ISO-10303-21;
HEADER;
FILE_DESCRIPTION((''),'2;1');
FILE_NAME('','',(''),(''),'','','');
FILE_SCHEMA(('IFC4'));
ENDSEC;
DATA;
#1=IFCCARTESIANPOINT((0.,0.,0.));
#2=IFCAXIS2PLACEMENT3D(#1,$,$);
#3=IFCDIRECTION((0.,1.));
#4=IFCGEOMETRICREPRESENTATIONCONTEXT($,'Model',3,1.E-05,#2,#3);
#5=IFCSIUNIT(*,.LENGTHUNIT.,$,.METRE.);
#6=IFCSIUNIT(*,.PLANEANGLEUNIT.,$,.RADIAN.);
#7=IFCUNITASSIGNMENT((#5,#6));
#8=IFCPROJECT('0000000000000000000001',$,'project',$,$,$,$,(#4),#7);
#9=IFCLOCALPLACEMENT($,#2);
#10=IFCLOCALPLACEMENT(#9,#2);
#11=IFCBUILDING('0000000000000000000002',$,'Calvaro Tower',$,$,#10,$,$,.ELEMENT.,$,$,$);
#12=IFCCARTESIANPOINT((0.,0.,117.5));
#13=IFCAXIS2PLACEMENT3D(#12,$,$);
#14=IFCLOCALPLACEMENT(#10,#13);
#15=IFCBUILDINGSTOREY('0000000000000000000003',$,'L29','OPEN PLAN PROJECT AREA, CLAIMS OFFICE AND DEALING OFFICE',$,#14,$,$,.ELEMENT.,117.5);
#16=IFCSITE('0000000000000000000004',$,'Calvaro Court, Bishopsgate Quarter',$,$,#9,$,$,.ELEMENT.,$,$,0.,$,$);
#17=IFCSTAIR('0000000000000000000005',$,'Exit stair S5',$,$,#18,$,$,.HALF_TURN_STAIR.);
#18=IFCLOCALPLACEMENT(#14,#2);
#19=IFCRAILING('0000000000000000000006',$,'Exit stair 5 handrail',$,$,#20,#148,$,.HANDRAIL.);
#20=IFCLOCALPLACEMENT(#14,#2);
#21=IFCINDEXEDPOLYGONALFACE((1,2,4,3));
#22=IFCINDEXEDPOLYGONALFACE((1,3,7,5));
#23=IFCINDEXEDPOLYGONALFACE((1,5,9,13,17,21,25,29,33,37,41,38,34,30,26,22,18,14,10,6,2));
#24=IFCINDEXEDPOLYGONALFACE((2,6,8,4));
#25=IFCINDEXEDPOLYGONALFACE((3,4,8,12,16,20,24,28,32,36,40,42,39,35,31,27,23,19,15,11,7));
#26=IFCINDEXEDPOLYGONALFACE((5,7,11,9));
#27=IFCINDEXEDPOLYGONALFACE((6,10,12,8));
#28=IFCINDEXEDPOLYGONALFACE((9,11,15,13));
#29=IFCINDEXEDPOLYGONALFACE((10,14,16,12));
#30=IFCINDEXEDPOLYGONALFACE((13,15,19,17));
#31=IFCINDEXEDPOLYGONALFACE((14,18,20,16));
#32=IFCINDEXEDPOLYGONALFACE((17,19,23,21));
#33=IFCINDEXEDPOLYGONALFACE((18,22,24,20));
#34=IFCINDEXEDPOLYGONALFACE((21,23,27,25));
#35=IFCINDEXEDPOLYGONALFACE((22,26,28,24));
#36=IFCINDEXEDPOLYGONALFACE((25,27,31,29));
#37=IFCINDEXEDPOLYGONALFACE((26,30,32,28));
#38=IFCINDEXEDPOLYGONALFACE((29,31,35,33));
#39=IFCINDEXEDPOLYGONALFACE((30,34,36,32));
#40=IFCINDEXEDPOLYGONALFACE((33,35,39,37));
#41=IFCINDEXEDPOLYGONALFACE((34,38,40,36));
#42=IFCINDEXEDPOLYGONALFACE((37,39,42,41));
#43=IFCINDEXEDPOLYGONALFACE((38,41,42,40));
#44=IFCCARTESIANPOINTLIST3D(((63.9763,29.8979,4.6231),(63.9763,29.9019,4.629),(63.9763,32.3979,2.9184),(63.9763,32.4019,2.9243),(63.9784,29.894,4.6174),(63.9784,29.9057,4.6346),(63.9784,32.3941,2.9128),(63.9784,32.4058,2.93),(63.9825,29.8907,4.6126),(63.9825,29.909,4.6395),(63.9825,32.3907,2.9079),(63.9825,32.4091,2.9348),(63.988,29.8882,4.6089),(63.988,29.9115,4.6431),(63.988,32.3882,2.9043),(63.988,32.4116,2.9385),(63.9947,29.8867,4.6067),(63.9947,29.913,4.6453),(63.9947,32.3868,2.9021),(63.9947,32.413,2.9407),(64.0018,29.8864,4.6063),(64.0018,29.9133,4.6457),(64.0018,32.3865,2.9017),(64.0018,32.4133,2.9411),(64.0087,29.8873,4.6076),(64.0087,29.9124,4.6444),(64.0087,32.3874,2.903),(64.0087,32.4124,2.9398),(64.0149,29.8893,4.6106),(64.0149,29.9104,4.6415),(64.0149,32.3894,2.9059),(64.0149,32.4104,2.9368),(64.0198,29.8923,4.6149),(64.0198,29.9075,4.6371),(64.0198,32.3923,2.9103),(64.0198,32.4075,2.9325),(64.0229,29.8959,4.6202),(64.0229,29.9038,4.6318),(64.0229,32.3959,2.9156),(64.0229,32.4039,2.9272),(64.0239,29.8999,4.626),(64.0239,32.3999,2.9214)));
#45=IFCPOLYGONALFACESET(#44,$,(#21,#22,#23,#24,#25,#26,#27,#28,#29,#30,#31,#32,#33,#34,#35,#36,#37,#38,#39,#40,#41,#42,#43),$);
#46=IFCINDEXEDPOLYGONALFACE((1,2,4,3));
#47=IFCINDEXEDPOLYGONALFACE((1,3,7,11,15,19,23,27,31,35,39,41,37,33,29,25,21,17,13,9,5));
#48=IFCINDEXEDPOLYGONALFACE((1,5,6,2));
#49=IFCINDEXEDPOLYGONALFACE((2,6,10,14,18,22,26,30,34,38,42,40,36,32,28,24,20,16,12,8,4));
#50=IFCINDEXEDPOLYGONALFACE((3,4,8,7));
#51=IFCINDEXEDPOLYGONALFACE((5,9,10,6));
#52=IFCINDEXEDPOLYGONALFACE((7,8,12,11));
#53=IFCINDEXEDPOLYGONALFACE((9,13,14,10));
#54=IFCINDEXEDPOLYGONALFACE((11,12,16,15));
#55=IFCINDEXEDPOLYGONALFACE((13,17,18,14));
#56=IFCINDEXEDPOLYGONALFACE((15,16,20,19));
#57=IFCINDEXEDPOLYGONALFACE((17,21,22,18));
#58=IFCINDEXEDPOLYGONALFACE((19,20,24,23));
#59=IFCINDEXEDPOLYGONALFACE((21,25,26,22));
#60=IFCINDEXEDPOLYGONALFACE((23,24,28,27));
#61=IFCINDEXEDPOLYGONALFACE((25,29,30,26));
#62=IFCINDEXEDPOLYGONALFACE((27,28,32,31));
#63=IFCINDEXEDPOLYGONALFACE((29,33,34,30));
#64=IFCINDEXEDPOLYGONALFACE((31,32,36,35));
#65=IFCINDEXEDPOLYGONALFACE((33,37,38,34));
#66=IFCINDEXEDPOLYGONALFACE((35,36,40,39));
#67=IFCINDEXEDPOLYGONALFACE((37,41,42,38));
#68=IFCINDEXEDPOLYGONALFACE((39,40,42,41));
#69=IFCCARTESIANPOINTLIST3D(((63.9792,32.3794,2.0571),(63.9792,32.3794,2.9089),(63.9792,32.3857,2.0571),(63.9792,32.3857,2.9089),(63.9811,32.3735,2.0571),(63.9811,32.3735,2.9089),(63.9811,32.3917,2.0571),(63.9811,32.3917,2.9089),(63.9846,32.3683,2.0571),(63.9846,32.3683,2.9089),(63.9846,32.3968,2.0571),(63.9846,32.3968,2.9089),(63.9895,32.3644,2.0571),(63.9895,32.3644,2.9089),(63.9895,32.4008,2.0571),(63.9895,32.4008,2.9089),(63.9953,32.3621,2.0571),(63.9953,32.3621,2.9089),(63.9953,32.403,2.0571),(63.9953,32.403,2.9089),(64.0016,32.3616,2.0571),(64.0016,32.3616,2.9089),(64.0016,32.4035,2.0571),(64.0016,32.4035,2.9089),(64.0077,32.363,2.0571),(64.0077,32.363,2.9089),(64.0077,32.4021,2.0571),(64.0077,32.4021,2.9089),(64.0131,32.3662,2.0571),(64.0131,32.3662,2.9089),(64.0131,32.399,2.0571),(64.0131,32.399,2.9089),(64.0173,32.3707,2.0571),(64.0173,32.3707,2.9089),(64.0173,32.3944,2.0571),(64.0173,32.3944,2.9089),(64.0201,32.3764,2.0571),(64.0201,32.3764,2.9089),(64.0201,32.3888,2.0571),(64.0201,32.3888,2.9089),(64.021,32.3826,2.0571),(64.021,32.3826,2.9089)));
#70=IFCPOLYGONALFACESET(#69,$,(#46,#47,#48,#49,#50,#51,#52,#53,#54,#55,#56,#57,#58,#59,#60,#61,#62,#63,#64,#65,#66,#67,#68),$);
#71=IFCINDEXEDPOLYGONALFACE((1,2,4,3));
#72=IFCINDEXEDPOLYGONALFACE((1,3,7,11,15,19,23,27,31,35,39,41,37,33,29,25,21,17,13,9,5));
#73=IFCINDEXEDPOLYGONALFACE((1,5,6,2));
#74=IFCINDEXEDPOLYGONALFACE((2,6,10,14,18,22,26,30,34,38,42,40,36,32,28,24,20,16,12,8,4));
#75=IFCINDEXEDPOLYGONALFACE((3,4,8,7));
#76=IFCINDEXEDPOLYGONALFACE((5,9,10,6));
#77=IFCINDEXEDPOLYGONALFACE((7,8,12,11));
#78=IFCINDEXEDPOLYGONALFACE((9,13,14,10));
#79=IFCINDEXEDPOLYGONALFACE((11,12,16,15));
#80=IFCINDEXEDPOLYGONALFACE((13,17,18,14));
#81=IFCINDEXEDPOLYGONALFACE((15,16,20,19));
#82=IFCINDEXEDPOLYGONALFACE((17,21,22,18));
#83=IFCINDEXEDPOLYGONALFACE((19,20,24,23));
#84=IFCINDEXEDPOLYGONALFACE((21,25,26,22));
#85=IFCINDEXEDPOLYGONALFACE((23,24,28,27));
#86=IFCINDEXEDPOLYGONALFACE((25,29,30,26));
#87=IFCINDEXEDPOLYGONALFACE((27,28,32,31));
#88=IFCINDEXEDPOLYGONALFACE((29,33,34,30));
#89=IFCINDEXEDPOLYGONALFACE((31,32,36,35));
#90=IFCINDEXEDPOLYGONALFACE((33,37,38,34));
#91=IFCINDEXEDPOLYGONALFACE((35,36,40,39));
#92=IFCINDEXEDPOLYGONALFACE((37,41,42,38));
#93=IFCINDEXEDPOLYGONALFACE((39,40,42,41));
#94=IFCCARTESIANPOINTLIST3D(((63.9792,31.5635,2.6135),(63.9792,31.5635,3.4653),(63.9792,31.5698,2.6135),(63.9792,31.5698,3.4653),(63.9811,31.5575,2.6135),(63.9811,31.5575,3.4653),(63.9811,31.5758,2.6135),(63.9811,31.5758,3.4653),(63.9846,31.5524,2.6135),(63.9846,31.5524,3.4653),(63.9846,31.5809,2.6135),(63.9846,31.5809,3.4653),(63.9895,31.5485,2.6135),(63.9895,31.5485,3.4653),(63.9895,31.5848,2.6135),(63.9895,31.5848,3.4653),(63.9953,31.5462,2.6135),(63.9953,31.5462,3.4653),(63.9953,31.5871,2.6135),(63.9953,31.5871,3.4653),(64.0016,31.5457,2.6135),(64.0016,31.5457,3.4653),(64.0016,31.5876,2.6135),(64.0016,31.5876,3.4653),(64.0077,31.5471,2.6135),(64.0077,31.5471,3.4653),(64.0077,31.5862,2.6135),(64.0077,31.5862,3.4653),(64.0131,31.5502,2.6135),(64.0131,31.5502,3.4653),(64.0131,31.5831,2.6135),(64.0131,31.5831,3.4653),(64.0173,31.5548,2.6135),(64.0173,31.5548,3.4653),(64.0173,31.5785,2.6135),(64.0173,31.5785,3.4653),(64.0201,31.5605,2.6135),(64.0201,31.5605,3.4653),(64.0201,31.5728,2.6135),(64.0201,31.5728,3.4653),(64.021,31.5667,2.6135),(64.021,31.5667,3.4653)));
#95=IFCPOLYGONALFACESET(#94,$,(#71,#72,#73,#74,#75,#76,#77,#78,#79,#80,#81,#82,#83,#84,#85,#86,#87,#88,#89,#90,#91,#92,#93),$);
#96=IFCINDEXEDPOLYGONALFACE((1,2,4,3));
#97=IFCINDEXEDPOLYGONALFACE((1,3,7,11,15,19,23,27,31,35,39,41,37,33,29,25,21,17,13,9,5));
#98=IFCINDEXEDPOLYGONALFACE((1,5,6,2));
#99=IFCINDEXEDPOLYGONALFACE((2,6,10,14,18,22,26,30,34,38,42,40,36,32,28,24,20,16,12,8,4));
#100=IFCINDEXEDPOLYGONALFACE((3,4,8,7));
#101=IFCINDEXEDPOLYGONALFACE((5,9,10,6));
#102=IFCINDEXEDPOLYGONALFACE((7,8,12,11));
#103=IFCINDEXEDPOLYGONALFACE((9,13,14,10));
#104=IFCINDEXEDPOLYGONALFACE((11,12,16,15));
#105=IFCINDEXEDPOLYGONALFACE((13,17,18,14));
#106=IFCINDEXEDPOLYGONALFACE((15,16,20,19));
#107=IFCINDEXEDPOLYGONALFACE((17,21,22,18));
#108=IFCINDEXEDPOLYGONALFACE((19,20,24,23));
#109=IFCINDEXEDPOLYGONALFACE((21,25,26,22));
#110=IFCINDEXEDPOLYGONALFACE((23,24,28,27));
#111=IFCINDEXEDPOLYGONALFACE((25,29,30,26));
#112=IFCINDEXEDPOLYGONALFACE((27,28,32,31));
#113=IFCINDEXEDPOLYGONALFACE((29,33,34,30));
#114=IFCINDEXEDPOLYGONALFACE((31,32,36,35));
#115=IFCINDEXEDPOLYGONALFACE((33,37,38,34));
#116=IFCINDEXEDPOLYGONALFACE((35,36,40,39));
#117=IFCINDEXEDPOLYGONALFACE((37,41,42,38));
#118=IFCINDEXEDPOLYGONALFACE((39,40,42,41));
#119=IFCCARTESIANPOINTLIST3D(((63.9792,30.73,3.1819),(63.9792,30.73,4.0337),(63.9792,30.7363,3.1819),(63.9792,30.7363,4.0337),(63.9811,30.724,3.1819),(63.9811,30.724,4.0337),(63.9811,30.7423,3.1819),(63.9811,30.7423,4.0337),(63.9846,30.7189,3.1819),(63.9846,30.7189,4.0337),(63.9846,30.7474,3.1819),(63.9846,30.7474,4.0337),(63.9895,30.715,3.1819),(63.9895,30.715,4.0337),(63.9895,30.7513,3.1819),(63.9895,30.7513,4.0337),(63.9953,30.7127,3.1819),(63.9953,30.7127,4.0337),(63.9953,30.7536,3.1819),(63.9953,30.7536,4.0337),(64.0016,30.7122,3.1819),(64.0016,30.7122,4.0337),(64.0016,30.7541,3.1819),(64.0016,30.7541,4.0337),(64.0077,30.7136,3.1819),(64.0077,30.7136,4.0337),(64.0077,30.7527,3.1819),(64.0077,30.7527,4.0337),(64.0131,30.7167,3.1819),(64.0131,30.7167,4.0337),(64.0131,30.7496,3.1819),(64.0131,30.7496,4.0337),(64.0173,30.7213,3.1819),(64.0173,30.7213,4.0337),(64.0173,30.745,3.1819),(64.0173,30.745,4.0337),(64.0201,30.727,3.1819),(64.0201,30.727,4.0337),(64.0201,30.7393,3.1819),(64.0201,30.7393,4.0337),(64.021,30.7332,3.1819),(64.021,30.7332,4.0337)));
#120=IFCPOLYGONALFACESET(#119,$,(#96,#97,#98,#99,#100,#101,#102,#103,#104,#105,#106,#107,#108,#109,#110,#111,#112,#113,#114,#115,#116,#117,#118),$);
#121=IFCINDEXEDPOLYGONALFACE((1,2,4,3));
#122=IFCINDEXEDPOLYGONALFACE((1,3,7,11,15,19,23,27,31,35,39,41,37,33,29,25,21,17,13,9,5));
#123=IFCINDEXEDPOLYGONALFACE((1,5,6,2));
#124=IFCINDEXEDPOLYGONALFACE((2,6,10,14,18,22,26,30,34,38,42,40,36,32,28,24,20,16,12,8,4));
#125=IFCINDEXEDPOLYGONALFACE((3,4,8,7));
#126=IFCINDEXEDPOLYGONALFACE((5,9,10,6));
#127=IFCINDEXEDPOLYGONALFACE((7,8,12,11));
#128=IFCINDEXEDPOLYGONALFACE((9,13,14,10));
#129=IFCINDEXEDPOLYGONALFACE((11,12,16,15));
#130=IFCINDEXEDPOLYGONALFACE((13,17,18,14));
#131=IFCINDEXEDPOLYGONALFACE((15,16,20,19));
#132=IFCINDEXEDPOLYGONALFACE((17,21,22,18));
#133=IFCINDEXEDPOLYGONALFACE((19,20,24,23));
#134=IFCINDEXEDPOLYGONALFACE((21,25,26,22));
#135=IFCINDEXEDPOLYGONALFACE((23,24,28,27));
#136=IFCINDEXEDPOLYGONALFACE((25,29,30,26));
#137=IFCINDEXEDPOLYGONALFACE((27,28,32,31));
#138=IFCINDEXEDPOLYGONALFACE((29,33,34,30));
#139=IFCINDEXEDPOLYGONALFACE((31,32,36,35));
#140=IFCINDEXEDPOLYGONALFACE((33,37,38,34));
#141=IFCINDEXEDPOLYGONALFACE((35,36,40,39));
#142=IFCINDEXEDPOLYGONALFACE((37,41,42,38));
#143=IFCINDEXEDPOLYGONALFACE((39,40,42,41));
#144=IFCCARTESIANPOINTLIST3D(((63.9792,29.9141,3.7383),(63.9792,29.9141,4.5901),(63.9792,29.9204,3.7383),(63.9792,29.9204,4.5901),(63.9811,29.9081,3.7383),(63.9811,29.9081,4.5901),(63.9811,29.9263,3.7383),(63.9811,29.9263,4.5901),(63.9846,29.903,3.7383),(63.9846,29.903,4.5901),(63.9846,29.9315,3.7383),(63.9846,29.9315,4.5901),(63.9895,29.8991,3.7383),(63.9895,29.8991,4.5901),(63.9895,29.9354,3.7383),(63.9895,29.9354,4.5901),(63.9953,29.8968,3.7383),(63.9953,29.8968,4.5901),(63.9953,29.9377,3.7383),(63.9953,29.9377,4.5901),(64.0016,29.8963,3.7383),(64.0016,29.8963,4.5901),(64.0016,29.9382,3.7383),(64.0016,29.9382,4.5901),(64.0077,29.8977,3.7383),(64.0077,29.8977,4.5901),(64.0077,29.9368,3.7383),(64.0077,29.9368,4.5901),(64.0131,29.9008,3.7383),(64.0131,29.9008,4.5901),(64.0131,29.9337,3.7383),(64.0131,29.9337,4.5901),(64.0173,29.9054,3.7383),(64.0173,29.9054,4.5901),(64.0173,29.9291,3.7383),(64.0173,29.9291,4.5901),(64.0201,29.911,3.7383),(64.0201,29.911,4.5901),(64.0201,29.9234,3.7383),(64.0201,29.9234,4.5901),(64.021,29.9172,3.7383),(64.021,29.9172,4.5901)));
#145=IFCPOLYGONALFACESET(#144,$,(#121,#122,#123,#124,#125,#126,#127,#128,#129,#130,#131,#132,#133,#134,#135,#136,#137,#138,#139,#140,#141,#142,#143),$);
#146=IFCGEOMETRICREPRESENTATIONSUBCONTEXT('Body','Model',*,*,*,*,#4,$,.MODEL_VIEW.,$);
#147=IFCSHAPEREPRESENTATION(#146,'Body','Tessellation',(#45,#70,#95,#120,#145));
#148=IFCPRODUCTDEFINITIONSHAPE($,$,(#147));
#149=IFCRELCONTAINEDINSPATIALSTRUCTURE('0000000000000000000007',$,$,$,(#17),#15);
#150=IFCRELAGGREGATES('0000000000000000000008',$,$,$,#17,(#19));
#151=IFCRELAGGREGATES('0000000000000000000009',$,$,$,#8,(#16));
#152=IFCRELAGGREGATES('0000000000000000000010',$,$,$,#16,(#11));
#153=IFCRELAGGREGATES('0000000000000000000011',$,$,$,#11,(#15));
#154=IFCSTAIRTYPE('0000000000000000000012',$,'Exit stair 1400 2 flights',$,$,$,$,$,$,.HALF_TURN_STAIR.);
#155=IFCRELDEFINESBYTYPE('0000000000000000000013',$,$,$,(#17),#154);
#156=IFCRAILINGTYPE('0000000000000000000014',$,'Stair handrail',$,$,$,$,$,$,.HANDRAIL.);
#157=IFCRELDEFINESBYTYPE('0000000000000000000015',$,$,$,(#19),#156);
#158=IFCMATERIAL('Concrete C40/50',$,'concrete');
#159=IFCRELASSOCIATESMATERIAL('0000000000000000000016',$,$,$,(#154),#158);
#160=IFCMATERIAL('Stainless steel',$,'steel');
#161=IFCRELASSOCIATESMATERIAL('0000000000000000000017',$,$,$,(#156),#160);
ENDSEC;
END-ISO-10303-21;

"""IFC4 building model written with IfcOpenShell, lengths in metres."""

from ifc_helpers import new_model, si_unit, direction, frame, origin, origin_2d, place, context, subcontext, project, spatial, circle, extrude, material, type_object, element, aggregate, save


model = new_model("IFC4")

# Units and contexts
model_context = context("Model", 3, precision=1e-05, world=origin(), true_north=direction((0.0, 1.0)))
body_context = subcontext(model_context, "Body", "Model", "MODEL_VIEW")
ifc_project = project(units=[si_unit("LENGTHUNIT", "METRE"), si_unit("PLANEANGLEUNIT", "RADIAN")], contexts=[model_context])

# Site, building, storey
site_placement = place(None, origin())
site = spatial("IfcSite", under=ifc_project, at=site_placement, Name="Calvaro Court, Bishopsgate Quarter", CompositionType="ELEMENT", RefElevation=0.0)
building_placement = place(site_placement, origin())
building = spatial("IfcBuilding", under=site, at=building_placement, Name="Calvaro Tower", CompositionType="ELEMENT")
storey_placement = place(building_placement, frame((0.0, 0.0, 117.5)))
storey = spatial("IfcBuildingStorey", under=building, at=storey_placement, Name="L29", Description="OPEN PLAN PROJECT AREA, CLAIMS OFFICE AND DEALING OFFICE", CompositionType="ELEMENT", Elevation=117.5)

# Stair
ifc_material_1 = material(Name="Concrete C40/50", Category="concrete")
stair_type = type_object("IfcStairType", Name="Exit stair 1400 2 flights", PredefinedType="HALF_TURN_STAIR", material=ifc_material_1)
stair_1_placement = place(storey_placement, origin())
stair_1 = element("IfcStair", 1, at=stair_1_placement, inside=storey, type_object=stair_type, Name="Exit stair S5", PredefinedType="HALF_TURN_STAIR")

# Shared definitions
ifc_material_2 = material(Name="Stainless steel", Category="steel")
railing_type = type_object("IfcRailingType", Name="Stair handrail", PredefinedType="HANDRAIL", material=ifc_material_2)

# Railing
railing_1_placement = place(storey_placement, frame((64.0, 32.3999, 2.0454)))
railing_1 = element("IfcRailing", 2, at=railing_1_placement, type_object=railing_type, Name="Exit stair 5 handrail", PredefinedType="HANDRAIL", context=body_context, shape_type="SweptSolid", body=[
    extrude(circle(Radius=0.0239, at=origin_2d()), frame((0.0, 0.0, 0.876), z_axis=(0.0, -0.826221, 0.563347), x_axis=(1.0, 0.0, 0.0)), (0.0, 0.0, 1.0), 3.0259),
    extrude(circle(Radius=0.021, at=origin_2d()), frame((0.0, -0.0173, 0.0117)), (0.0, 0.0, 1.0), 0.8518),
    extrude(circle(Radius=0.021, at=origin_2d()), frame((0.0, -0.8333, 0.5681)), (0.0, 0.0, 1.0), 0.8518),
    extrude(circle(Radius=0.021, at=origin_2d()), frame((0.0, -1.6667, 1.1365)), (0.0, 0.0, 1.0), 0.8518),
    extrude(circle(Radius=0.021, at=origin_2d()), frame((0.0, -2.4827, 1.6929)), (0.0, 0.0, 1.0), 0.8518),
])
aggregate(stair_1, [railing_1])

save(model, "model.ifc")
